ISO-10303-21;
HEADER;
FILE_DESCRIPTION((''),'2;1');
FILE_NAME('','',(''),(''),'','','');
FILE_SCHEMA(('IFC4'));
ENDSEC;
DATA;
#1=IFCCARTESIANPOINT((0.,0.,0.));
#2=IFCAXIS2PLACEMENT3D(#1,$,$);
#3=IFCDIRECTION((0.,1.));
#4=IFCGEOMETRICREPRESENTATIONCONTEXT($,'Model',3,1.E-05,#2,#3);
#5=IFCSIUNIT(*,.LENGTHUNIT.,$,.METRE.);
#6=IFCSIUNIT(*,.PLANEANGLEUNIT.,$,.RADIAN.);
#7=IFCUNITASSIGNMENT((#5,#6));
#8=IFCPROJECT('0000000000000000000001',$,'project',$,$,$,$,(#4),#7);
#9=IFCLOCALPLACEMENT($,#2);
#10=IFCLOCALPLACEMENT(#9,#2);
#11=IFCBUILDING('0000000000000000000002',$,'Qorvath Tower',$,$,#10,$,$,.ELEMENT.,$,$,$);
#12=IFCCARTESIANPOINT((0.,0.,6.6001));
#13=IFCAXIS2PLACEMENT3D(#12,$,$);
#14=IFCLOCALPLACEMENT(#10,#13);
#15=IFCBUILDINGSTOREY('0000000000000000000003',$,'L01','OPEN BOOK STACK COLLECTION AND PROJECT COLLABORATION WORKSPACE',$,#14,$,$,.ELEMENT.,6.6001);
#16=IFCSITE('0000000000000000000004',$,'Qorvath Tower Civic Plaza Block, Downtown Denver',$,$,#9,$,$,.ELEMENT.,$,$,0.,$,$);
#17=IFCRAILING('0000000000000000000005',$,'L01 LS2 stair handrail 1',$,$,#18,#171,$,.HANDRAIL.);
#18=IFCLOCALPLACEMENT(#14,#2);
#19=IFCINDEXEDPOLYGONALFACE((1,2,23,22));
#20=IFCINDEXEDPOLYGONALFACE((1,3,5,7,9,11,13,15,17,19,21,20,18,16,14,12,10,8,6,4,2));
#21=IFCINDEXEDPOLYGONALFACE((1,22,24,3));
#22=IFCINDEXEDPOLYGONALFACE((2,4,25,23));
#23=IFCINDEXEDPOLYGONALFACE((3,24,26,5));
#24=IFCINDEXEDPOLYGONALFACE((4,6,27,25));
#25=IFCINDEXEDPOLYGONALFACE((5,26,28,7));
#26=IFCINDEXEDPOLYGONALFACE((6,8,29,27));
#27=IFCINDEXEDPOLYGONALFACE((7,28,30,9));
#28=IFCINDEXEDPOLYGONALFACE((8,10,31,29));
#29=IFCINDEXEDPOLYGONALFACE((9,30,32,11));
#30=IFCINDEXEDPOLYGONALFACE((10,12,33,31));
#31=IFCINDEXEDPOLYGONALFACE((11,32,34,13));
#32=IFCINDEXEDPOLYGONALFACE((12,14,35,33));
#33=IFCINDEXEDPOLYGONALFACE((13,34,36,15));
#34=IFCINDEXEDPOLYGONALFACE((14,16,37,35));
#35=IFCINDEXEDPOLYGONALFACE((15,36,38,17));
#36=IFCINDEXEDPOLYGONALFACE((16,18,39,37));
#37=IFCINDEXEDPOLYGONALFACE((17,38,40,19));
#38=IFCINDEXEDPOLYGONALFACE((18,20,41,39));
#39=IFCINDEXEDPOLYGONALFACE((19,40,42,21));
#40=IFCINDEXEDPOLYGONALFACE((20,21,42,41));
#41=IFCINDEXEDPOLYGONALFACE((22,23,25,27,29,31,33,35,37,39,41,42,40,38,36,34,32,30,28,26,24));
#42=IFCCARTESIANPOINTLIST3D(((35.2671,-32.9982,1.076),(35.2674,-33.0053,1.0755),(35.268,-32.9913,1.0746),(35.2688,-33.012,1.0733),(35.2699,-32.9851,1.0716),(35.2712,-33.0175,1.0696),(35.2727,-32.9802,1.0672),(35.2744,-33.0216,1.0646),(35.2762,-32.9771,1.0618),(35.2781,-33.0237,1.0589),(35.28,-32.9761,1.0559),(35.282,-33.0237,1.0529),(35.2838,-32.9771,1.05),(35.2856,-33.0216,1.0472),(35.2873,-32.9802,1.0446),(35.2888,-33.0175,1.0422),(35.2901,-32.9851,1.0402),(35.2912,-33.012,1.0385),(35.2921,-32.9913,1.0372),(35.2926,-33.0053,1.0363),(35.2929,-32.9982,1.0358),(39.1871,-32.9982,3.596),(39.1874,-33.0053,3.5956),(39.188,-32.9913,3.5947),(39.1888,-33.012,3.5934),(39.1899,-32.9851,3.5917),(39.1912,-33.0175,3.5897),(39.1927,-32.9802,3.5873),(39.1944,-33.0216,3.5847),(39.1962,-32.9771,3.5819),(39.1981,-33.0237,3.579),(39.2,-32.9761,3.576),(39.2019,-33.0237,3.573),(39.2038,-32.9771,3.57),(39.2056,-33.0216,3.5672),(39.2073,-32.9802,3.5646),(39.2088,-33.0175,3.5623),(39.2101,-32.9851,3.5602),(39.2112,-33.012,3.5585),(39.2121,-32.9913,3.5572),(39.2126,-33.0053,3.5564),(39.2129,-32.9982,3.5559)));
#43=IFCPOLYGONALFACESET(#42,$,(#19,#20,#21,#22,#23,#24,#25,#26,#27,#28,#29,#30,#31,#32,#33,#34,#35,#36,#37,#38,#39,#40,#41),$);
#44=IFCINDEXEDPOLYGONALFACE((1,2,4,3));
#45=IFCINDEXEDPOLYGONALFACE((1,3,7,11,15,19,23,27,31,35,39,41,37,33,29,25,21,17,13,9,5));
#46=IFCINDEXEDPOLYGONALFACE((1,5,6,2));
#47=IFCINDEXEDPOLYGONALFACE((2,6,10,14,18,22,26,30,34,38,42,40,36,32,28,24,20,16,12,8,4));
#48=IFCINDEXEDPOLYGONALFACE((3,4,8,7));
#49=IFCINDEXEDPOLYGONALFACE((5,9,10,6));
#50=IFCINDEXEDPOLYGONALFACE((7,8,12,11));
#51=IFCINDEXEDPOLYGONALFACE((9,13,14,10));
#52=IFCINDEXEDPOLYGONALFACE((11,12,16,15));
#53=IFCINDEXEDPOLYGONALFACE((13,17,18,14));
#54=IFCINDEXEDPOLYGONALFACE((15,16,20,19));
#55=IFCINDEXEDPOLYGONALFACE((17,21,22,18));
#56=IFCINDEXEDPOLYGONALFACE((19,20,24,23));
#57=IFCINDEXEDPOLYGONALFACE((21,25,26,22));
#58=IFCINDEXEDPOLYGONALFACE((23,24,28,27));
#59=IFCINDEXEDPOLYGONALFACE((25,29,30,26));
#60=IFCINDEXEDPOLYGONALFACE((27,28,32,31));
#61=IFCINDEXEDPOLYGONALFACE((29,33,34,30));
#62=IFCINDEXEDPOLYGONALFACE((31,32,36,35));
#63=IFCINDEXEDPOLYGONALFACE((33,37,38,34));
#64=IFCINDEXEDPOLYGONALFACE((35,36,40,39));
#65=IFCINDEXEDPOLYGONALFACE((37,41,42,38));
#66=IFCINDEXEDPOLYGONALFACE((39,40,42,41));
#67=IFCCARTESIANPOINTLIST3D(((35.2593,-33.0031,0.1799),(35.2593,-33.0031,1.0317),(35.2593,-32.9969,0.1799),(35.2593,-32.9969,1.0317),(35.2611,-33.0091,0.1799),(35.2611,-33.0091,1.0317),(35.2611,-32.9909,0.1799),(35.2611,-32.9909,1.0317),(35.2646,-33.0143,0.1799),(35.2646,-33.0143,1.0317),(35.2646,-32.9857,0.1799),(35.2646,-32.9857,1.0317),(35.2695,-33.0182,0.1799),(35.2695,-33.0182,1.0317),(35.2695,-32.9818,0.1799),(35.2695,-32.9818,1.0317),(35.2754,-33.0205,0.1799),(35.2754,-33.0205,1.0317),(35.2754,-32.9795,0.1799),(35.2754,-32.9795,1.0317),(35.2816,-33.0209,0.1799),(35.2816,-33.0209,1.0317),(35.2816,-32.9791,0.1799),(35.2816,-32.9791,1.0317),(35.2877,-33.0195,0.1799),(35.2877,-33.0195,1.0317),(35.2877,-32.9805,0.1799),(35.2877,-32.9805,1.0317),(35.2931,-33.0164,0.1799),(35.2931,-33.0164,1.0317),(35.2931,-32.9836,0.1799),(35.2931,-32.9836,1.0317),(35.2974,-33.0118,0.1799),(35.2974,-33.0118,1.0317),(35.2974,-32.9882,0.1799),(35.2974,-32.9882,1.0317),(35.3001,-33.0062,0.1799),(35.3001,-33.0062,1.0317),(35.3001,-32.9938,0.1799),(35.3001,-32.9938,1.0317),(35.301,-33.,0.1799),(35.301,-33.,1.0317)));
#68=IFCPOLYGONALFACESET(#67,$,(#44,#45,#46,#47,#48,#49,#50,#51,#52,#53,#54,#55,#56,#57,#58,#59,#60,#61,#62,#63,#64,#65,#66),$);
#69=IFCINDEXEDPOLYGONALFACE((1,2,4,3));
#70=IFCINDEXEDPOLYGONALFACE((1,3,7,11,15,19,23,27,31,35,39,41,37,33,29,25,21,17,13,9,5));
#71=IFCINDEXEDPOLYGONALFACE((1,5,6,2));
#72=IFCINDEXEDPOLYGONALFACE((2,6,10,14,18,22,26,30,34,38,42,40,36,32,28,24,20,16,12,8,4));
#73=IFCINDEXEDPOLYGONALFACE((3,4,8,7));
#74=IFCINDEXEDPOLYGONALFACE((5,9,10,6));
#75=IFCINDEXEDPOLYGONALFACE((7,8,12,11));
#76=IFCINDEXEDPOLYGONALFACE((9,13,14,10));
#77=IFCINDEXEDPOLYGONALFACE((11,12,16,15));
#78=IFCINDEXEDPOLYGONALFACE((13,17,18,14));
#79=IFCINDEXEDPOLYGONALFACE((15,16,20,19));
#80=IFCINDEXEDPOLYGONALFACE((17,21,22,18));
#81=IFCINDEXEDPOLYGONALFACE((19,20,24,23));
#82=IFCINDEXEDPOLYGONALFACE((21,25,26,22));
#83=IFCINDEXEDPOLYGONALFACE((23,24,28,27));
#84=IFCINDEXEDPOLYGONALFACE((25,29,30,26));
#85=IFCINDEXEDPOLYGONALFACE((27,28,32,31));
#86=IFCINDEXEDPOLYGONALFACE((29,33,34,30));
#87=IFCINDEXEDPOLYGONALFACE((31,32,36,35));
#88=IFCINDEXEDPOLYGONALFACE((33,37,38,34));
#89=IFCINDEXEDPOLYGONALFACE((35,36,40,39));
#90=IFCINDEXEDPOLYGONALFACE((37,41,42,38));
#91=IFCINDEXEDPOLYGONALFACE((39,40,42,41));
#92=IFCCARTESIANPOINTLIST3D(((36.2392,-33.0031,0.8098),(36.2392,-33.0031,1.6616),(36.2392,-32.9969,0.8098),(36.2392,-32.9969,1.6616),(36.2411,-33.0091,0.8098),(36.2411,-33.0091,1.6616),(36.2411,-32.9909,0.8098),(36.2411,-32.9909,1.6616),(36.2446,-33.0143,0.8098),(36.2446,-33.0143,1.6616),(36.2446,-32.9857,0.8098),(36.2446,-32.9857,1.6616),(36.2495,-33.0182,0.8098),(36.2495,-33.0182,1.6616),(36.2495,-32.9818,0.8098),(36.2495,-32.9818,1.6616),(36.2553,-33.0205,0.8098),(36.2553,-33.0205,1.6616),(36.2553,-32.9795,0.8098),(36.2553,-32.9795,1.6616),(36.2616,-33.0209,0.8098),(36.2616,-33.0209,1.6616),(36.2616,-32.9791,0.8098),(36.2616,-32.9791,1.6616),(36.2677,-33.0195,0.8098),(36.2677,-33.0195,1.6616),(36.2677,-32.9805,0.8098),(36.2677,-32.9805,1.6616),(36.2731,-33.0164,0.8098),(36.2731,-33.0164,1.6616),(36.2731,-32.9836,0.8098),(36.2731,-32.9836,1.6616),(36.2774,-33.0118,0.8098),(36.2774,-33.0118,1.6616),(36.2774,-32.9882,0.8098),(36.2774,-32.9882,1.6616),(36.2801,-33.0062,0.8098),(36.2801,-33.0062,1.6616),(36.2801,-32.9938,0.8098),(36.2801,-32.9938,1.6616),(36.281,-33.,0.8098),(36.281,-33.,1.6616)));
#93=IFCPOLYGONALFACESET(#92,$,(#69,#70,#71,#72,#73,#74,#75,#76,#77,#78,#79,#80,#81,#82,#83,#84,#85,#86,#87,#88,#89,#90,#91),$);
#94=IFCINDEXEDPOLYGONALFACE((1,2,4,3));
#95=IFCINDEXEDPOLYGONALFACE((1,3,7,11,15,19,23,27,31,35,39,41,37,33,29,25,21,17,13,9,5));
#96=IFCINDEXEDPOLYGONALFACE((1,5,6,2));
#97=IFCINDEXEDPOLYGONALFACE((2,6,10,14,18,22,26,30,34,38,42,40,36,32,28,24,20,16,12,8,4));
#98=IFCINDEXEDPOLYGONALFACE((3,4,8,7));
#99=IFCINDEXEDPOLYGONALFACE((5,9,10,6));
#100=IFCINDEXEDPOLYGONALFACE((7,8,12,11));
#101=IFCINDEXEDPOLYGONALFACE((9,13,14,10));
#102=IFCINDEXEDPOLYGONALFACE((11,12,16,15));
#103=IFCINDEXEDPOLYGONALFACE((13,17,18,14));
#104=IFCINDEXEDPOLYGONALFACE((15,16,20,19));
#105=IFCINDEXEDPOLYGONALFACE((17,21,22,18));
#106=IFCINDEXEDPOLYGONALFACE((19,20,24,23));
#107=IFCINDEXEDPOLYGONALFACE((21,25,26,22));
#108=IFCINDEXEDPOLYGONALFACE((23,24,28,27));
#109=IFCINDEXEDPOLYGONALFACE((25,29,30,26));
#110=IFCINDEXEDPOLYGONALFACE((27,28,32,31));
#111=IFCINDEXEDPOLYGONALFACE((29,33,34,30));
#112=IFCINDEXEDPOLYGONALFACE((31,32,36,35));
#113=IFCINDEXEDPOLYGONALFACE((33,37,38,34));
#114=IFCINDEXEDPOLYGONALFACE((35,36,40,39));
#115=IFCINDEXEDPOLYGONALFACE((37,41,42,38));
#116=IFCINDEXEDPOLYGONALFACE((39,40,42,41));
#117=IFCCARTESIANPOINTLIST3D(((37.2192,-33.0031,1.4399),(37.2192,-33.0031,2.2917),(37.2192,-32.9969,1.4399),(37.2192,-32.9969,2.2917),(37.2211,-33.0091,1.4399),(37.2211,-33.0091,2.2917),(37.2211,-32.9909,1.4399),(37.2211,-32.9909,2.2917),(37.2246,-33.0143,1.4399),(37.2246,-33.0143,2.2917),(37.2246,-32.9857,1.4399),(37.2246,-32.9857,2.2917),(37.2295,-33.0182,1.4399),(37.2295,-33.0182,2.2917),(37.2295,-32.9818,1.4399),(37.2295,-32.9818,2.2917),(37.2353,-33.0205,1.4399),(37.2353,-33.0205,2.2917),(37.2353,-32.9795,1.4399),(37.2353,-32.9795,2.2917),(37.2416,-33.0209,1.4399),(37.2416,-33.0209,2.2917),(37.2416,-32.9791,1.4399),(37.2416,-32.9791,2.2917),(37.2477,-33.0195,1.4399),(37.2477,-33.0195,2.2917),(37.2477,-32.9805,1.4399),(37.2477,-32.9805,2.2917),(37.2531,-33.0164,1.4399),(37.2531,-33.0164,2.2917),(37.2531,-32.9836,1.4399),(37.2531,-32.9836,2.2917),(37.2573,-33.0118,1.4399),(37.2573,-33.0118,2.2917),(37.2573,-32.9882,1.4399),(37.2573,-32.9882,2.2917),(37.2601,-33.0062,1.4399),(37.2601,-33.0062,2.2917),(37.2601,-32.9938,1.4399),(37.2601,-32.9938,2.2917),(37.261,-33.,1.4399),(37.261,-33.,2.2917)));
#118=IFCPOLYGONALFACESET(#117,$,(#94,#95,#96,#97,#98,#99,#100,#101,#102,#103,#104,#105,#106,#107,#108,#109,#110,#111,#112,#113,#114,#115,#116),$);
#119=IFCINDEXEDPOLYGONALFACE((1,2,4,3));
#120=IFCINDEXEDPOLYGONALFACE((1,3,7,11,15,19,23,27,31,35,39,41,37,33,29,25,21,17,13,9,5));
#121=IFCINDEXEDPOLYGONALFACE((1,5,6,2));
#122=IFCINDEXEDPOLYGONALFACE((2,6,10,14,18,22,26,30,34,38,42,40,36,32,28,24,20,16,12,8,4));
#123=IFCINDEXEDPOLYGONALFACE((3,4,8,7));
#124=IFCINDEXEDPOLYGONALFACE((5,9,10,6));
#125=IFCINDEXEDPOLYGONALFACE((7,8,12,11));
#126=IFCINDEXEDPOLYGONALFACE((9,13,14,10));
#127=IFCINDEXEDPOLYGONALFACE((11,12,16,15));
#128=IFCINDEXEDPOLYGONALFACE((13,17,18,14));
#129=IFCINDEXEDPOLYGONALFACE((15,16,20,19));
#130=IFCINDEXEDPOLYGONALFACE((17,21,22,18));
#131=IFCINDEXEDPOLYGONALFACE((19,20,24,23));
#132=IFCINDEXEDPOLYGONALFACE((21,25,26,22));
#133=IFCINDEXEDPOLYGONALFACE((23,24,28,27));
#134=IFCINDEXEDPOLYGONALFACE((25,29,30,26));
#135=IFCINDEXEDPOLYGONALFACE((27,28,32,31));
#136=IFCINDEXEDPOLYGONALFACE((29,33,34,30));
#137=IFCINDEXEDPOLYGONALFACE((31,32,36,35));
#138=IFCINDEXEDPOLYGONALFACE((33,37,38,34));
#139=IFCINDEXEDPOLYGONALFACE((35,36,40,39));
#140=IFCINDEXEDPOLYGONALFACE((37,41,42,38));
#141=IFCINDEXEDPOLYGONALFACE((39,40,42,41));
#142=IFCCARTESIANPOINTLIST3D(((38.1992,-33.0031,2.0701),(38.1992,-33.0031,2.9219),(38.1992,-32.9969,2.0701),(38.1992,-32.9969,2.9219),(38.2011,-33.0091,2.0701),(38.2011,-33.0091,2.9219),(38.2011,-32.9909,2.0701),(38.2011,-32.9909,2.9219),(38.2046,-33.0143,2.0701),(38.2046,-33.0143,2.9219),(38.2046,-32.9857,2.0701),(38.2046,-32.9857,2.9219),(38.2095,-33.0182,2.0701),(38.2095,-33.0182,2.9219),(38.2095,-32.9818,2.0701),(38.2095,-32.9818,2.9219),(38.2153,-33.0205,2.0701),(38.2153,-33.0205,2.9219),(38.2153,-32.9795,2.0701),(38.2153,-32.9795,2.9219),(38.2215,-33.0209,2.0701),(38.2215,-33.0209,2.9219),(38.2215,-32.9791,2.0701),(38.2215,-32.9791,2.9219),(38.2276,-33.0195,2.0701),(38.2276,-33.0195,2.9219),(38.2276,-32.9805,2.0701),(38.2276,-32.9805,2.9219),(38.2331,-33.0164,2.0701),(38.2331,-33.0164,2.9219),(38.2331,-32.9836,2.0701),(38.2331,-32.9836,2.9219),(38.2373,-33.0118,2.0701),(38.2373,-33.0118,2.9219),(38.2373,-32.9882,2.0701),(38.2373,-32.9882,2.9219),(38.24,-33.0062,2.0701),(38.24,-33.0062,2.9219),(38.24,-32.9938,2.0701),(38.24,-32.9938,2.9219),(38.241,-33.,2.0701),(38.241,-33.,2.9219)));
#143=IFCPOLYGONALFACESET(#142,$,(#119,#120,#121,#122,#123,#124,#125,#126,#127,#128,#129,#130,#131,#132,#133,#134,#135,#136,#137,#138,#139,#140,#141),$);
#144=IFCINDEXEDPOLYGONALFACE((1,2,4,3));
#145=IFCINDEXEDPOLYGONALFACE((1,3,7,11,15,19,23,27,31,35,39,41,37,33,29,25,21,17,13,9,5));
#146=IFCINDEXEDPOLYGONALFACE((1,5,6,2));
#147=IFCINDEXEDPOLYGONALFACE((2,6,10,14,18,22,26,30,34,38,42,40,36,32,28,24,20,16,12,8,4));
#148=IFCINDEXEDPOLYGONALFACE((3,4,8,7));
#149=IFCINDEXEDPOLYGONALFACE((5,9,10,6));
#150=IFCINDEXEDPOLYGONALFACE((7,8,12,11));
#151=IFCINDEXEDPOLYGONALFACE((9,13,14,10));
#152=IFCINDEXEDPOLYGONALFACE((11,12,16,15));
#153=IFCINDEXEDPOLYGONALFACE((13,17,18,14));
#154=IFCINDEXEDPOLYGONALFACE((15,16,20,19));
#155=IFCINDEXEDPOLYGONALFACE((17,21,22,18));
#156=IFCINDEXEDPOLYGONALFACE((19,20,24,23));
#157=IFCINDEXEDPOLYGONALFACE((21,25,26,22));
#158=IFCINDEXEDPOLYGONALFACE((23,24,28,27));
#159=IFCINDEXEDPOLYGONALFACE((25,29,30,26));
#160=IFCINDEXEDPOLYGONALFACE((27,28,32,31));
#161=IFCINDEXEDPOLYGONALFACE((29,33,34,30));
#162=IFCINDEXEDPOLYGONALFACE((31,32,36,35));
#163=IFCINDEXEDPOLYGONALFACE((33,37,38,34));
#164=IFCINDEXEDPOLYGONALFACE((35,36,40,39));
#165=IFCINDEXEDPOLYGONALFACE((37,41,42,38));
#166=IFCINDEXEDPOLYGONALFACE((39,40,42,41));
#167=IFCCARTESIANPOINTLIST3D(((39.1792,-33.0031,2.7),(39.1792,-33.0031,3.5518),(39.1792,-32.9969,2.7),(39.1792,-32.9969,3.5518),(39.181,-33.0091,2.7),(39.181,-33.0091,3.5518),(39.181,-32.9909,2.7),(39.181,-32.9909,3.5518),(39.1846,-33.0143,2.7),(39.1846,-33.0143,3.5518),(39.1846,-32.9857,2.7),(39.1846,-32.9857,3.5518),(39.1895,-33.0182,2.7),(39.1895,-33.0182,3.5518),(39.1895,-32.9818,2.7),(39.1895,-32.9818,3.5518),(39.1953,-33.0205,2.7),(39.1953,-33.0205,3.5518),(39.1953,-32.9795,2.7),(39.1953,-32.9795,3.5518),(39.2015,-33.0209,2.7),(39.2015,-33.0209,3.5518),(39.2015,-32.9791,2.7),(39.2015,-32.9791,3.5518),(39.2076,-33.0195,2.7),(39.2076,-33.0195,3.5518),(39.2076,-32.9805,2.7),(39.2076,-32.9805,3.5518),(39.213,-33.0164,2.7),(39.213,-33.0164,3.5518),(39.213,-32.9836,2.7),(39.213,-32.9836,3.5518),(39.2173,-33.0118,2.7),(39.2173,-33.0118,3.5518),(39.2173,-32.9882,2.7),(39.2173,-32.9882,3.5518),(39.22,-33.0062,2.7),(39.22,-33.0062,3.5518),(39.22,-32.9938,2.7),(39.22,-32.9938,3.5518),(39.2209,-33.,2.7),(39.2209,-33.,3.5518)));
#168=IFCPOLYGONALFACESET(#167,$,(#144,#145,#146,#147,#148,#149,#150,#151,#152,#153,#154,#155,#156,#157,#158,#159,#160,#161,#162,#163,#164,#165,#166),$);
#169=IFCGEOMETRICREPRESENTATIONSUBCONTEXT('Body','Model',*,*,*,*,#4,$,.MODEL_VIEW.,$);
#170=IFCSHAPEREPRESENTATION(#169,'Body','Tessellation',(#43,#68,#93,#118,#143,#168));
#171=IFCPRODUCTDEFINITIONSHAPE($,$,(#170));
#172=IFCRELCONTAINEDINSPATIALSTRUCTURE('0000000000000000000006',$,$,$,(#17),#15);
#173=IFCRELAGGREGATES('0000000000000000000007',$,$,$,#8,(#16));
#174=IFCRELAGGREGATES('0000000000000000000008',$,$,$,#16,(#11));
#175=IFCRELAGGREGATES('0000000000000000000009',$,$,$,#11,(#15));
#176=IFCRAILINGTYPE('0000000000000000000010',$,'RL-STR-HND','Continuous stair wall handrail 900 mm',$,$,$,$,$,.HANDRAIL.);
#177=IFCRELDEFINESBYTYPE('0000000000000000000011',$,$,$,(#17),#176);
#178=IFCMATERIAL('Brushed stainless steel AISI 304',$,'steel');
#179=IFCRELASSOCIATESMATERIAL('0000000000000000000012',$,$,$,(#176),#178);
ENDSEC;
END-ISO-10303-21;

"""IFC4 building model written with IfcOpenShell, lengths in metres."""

from ifc_helpers import new_model, si_unit, direction, frame, origin, origin_2d, place, context, subcontext, project, spatial, circle, extrude, material, type_object, element, save


model = new_model("IFC4")

# Units and contexts
model_context = context("Model", 3, precision=1e-05, world=origin(), true_north=direction((0.0, 1.0)))
body_context = subcontext(model_context, "Body", "Model", "MODEL_VIEW")
ifc_project = project(units=[si_unit("LENGTHUNIT", "METRE"), si_unit("PLANEANGLEUNIT", "RADIAN")], contexts=[model_context])

# Site, building, storey
site_placement = place(None, origin())
site = spatial("IfcSite", under=ifc_project, at=site_placement, Name="Qorvath Tower Civic Plaza Block, Downtown Denver", CompositionType="ELEMENT", RefElevation=0.0)
building_placement = place(site_placement, origin())
building = spatial("IfcBuilding", under=site, at=building_placement, Name="Qorvath Tower", CompositionType="ELEMENT")
storey_placement = place(building_placement, frame((0.0, 0.0, 6.6001)))
storey = spatial("IfcBuildingStorey", under=building, at=storey_placement, Name="L01", Description="OPEN BOOK STACK COLLECTION AND PROJECT COLLABORATION WORKSPACE", CompositionType="ELEMENT", Elevation=6.6001)

# Railing
ifc_material_1 = material(Name="Brushed stainless steel AISI 304", Category="steel")
railing_type_1 = type_object("IfcRailingType", Name="RL-STR-HND", Description="Continuous stair wall handrail 900 mm", PredefinedType="HANDRAIL", material=ifc_material_1)
railing_1_placement = place(storey_placement, frame((35.28, -33.0, 0.1799)))
element("IfcRailing", 1, at=railing_1_placement, inside=storey, type_object=railing_type_1, Name="L01 LS2 stair handrail 1", PredefinedType="HANDRAIL", context=body_context, shape_type="SweptSolid", body=[
    extrude(circle(Radius=0.0239, at=origin_2d()), frame((0.0, 0.0, 0.876), z_axis=(0.841172, 0.0, 0.540768), x_axis=(0.0, 1.0, 0.0)), (0.0, 0.0, 1.0), 4.6602),
    extrude(circle(Radius=0.021, at=origin_2d()), origin(), (0.0, 0.0, 1.0), 0.8518),
    extrude(circle(Radius=0.021, at=origin_2d()), frame((0.98, 0.0, 0.6299)), (0.0, 0.0, 1.0), 0.8518),
    extrude(circle(Radius=0.021, at=origin_2d()), frame((1.96, 0.0, 1.26)), (0.0, 0.0, 1.0), 0.8518),
    extrude(circle(Radius=0.021, at=origin_2d()), frame((2.9399, 0.0, 1.8901)), (0.0, 0.0, 1.0), 0.8518),
    extrude(circle(Radius=0.021, at=origin_2d()), frame((3.9199, 0.0, 2.52)), (0.0, 0.0, 1.0), 0.8518),
])

save(model, "model.ifc")
